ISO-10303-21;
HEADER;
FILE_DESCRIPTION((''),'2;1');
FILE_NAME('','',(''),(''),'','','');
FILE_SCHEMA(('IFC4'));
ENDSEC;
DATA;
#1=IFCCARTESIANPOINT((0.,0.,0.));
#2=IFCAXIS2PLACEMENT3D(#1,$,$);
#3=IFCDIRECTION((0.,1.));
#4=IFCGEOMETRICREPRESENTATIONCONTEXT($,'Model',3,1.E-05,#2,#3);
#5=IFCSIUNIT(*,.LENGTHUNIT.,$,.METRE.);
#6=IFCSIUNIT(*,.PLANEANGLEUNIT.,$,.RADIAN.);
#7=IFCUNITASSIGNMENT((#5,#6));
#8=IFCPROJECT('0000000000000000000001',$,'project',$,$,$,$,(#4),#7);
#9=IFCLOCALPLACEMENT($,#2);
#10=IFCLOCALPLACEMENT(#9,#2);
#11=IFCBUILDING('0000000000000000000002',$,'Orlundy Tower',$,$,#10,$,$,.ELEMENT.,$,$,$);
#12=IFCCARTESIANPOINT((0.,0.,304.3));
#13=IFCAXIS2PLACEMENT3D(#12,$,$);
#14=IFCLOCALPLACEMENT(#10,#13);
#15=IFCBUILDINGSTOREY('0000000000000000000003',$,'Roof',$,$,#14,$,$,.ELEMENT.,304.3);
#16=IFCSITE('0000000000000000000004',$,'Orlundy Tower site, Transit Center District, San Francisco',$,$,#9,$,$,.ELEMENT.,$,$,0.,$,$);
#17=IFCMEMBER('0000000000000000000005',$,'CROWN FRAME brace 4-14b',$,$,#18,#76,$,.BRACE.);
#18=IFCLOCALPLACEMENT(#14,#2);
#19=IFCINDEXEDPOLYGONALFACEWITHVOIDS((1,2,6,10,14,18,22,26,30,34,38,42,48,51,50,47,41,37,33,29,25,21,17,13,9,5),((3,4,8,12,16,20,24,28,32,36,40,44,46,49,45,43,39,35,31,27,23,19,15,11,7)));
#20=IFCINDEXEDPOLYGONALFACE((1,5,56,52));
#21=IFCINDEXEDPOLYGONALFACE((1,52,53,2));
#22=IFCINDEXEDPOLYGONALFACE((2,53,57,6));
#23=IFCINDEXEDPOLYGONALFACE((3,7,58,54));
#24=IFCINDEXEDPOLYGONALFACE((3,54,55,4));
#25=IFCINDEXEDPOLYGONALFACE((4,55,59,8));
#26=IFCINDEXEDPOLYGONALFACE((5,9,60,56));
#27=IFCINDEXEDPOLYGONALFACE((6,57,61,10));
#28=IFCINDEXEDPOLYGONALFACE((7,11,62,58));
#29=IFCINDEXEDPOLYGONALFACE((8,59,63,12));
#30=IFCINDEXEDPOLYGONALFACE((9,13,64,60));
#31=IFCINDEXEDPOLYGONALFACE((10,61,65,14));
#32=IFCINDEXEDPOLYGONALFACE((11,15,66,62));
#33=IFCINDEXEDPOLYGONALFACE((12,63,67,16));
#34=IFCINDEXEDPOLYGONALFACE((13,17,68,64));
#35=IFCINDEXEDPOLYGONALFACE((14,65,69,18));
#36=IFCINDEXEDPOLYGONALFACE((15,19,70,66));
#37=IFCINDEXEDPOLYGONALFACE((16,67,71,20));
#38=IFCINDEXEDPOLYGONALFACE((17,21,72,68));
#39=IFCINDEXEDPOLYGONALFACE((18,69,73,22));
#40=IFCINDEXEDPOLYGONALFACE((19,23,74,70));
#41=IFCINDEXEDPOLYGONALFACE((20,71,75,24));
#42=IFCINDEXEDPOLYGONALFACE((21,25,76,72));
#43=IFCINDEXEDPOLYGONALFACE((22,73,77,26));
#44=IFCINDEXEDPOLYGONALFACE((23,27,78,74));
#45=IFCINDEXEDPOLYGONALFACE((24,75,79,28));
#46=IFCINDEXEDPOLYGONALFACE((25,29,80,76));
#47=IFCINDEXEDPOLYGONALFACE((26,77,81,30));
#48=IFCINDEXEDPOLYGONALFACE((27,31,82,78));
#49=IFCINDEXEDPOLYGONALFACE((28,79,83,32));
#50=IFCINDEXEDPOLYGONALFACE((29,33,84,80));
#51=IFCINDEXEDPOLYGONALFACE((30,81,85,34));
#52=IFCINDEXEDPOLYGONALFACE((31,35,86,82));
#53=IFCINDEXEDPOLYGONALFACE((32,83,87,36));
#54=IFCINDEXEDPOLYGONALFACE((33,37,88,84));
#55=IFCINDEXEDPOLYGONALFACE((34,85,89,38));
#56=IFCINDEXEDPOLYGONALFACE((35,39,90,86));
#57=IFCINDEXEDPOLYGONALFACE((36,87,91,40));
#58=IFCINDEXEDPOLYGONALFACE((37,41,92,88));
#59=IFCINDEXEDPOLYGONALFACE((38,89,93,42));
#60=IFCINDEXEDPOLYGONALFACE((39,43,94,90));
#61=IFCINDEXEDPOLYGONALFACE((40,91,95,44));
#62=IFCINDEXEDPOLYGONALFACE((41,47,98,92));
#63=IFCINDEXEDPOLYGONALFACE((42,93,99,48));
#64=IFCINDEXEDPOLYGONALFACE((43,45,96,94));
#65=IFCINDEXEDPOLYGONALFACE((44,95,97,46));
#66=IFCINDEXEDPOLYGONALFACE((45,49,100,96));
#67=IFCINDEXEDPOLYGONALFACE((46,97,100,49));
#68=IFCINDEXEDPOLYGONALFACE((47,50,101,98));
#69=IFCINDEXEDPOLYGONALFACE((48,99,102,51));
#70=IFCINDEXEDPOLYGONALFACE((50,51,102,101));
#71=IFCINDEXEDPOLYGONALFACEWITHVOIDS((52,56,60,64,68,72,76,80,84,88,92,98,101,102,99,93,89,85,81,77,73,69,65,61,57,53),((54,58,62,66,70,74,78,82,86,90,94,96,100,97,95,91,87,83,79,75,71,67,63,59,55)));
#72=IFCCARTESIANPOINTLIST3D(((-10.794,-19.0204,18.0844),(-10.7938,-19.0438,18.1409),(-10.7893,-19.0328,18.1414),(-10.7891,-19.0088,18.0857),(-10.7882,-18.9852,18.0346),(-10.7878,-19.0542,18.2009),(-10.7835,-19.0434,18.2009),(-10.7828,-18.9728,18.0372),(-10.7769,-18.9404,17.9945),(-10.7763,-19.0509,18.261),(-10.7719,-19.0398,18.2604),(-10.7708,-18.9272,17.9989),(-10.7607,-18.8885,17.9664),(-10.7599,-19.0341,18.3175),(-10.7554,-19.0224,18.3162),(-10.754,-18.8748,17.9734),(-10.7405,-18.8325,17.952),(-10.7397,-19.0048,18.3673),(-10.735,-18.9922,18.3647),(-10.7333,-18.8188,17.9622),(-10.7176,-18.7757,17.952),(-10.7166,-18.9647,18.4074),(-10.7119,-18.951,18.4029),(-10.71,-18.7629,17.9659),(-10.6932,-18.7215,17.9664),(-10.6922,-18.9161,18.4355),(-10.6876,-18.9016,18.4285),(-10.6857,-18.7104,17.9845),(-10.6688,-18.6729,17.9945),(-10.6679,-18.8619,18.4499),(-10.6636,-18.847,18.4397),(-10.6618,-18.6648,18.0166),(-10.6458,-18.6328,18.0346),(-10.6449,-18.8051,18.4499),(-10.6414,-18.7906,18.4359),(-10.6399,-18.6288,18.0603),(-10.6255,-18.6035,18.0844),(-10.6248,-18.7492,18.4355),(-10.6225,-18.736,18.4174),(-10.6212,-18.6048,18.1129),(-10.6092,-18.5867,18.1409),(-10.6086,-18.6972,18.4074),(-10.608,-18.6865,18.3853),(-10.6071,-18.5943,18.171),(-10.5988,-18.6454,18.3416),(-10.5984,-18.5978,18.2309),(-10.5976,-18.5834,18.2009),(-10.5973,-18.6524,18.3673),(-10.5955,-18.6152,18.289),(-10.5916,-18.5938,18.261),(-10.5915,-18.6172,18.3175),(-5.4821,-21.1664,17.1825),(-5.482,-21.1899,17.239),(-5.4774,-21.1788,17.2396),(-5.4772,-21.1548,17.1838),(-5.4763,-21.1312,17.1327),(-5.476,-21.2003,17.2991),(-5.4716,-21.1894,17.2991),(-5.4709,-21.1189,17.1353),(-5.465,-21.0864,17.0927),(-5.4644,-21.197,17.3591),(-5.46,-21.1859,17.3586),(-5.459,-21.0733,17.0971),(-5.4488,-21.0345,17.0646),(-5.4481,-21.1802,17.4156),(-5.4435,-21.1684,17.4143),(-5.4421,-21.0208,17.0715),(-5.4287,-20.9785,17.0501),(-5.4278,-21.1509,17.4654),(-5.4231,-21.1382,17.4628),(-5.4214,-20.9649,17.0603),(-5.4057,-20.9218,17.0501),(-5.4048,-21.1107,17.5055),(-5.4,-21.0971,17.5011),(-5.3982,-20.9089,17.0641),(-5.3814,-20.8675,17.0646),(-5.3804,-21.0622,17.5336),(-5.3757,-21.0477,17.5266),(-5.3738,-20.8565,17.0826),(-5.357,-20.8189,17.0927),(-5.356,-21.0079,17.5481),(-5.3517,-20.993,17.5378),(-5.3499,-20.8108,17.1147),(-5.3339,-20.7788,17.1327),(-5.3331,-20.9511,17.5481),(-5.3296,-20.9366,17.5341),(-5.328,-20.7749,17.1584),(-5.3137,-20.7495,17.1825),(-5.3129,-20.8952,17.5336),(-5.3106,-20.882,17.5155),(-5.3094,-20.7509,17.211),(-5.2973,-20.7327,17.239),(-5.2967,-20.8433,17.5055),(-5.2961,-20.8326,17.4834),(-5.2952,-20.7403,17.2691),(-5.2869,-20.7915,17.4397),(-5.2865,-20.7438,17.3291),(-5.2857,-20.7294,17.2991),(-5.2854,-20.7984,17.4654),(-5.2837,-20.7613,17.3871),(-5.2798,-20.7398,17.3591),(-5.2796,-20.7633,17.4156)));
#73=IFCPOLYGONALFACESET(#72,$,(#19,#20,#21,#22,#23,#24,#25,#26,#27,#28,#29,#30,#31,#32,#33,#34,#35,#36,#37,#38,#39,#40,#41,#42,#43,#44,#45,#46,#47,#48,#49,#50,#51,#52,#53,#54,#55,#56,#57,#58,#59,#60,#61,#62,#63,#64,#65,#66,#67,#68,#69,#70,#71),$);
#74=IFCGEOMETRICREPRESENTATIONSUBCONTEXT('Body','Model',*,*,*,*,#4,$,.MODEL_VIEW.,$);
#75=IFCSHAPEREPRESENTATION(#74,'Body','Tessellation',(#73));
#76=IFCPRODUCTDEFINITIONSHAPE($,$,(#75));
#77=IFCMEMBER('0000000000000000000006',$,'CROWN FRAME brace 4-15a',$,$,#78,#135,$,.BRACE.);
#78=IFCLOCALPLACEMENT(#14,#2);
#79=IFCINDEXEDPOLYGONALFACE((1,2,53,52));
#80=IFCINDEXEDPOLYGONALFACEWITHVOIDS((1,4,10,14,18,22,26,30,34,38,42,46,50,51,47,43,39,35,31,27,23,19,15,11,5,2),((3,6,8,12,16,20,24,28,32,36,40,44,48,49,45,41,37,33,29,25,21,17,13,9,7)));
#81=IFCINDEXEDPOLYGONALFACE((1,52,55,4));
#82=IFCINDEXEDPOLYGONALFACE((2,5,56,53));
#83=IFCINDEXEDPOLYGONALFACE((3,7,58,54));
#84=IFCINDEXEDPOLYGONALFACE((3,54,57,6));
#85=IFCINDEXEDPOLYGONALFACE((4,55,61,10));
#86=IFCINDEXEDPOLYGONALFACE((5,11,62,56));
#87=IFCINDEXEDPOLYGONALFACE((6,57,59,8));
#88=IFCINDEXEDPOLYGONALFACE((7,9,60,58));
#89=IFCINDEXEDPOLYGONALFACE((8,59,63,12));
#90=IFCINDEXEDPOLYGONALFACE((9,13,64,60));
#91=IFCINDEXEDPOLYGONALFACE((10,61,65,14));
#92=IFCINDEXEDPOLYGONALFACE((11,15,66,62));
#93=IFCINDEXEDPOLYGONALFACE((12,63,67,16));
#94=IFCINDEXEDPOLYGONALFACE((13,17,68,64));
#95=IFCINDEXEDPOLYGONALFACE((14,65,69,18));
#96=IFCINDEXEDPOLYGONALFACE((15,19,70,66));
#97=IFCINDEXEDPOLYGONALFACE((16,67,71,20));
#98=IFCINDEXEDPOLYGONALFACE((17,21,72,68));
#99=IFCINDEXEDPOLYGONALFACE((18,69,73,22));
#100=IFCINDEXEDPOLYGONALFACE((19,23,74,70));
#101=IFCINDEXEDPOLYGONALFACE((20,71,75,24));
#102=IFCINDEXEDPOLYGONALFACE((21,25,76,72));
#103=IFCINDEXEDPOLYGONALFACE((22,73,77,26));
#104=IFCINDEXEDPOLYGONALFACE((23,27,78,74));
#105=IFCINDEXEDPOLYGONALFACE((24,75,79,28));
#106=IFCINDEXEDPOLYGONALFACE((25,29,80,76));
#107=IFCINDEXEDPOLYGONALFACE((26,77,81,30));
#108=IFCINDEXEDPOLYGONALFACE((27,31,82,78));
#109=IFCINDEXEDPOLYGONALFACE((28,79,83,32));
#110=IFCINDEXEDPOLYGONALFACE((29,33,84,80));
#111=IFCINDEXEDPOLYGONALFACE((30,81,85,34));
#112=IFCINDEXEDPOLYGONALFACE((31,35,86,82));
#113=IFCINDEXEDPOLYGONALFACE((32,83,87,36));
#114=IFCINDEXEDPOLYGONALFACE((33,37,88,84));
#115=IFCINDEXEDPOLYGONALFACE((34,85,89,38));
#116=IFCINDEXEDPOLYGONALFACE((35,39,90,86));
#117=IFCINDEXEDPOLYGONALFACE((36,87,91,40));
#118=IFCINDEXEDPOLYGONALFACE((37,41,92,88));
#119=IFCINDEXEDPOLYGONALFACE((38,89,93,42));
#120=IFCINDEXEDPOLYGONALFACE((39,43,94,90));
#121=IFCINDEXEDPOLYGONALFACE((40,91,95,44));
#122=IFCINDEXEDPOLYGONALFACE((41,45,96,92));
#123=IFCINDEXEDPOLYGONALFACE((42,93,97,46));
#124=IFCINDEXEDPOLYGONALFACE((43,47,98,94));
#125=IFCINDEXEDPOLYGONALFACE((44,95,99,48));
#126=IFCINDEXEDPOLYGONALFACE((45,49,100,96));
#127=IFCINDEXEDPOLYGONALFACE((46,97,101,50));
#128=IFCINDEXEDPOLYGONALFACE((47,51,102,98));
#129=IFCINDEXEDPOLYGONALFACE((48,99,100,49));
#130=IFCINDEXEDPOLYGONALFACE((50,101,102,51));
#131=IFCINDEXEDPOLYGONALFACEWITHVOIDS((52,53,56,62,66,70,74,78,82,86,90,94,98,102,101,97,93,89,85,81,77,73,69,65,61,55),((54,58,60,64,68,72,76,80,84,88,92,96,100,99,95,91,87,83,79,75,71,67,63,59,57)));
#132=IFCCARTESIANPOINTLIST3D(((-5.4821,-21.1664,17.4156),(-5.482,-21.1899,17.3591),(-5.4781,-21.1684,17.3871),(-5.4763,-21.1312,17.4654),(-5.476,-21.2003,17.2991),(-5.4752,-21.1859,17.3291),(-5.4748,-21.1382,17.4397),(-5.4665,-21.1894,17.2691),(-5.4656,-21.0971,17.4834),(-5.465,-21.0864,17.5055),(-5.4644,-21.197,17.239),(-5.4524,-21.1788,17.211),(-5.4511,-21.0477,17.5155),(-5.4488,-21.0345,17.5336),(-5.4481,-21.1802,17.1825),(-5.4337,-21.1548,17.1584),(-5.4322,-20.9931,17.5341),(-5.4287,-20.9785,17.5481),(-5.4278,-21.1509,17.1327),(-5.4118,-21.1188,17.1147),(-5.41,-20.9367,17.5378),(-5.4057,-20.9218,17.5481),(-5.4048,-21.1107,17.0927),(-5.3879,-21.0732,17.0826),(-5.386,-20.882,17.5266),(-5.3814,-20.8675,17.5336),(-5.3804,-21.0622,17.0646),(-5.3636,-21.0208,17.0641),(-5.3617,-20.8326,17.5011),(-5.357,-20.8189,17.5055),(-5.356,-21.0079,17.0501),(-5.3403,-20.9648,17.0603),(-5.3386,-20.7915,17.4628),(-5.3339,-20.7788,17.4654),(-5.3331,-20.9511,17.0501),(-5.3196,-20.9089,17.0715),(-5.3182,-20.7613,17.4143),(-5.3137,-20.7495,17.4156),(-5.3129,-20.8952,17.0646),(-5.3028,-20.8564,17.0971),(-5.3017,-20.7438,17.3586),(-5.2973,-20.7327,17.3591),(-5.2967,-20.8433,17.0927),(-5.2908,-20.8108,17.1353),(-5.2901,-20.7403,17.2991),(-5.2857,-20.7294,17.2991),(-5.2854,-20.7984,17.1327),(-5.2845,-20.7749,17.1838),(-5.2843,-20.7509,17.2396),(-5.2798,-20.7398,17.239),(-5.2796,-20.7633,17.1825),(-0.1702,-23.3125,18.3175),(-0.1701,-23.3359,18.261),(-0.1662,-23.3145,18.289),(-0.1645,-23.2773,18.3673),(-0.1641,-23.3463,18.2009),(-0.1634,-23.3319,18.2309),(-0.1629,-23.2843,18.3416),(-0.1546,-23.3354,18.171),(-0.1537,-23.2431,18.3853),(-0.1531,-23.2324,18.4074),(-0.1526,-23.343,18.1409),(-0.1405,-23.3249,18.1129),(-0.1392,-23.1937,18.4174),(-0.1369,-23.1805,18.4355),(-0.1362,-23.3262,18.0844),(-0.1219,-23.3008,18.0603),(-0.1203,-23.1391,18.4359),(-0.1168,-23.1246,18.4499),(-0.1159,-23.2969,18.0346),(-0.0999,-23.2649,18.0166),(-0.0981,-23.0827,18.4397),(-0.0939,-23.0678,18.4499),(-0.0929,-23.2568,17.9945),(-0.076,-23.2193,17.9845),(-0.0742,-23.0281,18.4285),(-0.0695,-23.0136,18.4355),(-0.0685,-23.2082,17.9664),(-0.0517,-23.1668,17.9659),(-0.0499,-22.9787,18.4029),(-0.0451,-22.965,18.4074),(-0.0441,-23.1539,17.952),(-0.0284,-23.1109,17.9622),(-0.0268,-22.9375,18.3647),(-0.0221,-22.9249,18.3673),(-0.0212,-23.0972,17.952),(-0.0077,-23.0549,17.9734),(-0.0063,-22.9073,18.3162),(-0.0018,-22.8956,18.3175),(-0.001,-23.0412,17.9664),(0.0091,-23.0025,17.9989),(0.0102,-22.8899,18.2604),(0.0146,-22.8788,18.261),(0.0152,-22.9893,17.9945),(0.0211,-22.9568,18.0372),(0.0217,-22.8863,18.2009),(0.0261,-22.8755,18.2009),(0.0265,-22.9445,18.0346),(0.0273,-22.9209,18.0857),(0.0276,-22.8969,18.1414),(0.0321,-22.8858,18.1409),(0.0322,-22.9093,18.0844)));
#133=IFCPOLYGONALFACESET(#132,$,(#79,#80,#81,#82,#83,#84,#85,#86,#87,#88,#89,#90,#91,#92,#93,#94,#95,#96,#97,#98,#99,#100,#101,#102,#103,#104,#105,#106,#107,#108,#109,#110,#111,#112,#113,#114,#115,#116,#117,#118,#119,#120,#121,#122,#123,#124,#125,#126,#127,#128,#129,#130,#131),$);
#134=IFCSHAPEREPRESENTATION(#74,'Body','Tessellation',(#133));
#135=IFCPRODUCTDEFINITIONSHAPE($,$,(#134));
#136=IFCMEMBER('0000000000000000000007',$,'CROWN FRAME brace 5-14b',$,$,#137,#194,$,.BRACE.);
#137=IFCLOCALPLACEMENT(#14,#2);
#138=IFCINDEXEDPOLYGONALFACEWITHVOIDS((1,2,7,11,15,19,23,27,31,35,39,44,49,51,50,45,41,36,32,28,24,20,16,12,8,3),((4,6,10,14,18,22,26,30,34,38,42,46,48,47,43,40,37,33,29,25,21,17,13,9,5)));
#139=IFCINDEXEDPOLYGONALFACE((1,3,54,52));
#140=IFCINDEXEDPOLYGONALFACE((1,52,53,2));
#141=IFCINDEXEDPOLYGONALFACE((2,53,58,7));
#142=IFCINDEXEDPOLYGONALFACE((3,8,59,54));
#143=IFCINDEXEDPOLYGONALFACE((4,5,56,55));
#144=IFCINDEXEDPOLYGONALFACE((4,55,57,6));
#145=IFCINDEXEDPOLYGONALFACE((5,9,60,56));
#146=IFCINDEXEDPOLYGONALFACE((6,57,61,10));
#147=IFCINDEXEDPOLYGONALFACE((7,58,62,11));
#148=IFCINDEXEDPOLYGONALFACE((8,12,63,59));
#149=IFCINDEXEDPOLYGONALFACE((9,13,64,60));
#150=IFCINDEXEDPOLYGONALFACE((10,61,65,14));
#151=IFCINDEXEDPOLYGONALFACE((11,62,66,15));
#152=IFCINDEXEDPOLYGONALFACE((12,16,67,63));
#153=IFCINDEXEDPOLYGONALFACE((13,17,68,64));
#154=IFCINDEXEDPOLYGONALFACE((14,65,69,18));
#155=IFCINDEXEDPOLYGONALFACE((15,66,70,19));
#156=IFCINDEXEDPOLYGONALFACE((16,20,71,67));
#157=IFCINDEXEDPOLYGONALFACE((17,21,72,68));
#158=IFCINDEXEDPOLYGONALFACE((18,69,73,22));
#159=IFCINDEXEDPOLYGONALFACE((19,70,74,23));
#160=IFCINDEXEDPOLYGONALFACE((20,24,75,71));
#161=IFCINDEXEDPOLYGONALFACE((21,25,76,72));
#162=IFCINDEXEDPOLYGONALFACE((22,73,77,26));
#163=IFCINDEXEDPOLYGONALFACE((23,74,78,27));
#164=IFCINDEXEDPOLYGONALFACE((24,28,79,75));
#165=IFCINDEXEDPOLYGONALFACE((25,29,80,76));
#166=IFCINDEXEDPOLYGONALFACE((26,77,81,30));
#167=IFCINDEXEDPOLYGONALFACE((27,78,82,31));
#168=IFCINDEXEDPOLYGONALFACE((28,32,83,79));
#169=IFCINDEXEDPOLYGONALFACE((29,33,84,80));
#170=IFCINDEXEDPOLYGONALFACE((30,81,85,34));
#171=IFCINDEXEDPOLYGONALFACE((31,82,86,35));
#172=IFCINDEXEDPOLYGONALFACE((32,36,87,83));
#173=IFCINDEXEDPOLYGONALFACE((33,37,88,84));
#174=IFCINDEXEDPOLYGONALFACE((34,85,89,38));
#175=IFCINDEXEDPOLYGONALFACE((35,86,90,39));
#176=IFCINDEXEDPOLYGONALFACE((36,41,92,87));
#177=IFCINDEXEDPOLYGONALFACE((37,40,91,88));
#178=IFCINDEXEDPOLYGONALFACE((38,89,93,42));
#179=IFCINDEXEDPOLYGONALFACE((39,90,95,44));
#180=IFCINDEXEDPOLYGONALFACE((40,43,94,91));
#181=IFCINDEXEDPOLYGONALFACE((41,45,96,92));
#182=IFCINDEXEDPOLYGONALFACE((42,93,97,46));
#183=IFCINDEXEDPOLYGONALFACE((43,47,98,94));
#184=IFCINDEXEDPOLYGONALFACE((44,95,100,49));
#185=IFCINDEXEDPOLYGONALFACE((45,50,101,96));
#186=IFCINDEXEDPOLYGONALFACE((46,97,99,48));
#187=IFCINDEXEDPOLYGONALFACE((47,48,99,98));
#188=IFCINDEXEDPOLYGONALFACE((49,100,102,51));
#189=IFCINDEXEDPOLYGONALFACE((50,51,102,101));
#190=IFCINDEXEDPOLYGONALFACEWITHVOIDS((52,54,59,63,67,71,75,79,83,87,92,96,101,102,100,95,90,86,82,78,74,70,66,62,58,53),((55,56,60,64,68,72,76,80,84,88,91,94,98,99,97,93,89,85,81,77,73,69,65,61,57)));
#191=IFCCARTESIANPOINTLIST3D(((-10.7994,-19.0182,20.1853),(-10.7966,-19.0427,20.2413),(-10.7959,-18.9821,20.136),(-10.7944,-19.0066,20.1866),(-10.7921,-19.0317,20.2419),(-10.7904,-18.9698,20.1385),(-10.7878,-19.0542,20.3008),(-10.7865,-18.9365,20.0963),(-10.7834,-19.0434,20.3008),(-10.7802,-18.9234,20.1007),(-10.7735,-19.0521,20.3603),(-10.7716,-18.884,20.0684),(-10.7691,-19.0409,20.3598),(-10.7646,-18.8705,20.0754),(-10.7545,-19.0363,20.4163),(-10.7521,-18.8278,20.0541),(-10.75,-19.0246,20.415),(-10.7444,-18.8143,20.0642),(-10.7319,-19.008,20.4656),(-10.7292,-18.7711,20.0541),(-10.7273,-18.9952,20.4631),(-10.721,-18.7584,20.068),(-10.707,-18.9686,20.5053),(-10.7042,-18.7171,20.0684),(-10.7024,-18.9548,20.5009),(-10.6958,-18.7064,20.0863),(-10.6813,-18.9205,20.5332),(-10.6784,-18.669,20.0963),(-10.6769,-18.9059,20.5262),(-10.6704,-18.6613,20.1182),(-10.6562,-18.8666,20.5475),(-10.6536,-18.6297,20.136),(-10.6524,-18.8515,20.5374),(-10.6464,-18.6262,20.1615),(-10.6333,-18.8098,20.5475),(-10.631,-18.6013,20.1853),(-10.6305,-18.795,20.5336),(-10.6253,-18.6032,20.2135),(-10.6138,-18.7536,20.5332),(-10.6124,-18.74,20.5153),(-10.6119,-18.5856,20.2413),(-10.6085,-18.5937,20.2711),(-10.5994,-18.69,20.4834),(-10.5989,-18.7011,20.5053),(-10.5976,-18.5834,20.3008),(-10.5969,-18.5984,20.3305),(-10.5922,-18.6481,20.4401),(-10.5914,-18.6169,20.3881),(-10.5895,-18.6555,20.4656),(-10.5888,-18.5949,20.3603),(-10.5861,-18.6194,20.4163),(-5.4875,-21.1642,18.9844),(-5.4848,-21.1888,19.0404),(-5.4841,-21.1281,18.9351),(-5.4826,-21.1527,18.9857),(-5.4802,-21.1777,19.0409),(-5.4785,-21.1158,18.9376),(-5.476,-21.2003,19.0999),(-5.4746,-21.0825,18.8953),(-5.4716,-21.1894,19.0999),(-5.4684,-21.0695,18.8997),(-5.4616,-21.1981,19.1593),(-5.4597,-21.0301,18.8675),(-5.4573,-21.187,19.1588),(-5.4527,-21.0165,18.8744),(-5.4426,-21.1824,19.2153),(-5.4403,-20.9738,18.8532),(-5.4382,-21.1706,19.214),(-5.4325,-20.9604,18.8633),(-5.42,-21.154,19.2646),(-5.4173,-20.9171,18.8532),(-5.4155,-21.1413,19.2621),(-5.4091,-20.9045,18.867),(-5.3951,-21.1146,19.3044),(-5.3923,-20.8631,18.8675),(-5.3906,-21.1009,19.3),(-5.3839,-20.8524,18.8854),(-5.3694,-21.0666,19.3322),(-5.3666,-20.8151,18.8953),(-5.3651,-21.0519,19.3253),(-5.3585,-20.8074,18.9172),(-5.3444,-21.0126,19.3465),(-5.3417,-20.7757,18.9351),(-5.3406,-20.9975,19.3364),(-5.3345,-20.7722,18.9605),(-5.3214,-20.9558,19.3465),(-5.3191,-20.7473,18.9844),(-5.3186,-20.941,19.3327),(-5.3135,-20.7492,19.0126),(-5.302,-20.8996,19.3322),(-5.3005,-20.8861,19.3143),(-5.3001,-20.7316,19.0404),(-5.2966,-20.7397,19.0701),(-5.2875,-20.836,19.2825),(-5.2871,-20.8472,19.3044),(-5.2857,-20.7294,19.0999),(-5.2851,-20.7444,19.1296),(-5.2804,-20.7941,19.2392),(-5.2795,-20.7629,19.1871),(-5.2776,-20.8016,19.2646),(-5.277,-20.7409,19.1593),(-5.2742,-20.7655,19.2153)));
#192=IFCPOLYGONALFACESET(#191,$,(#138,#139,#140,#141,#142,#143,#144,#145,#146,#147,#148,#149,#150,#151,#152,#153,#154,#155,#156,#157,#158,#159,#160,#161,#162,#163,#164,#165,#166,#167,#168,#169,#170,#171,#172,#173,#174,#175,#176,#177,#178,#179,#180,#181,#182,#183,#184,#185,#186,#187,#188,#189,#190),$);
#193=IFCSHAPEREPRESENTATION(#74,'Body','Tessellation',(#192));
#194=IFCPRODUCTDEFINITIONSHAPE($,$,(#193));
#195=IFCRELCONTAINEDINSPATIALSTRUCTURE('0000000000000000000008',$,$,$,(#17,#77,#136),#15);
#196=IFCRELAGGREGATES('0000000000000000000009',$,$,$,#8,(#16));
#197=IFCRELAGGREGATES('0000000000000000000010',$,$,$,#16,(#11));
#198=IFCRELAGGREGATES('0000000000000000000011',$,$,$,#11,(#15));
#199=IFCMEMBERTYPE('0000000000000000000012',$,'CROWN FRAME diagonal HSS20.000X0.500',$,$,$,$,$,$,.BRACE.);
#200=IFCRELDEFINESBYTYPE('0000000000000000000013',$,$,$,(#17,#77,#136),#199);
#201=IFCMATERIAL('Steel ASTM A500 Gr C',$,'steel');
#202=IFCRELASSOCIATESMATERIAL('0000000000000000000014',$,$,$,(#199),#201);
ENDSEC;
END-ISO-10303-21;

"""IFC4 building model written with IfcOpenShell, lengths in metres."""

from ifc_helpers import new_model, si_unit, direction, frame, origin, origin_2d, place, context, subcontext, project, spatial, hollow_circle, extrude, material, material_profile, profile_set, type_object, element, save


model = new_model("IFC4")

# Units and contexts
model_context = context("Model", 3, precision=1e-05, world=origin(), true_north=direction((0.0, 1.0)))
body_context = subcontext(model_context, "Body", "Model", "MODEL_VIEW")
ifc_project = project(units=[si_unit("LENGTHUNIT", "METRE"), si_unit("PLANEANGLEUNIT", "RADIAN")], contexts=[model_context])

# Site, building, storey
site_placement = place(None, origin())
site = spatial("IfcSite", under=ifc_project, at=site_placement, Name="Orlundy Tower site, Transit Center District, San Francisco", CompositionType="ELEMENT", RefElevation=0.0)
building_placement = place(site_placement, origin())
building = spatial("IfcBuilding", under=site, at=building_placement, Name="Orlundy Tower", CompositionType="ELEMENT")
storey_placement = place(building_placement, frame((0.0, 0.0, 304.3)))
storey = spatial("IfcBuildingStorey", under=building, at=storey_placement, Name="Roof", CompositionType="ELEMENT", Elevation=304.3)

# Members
ifc_material_1 = material(Name="Steel ASTM A500 Gr C", Category="steel")
ifc_material_profile_1 = material_profile(ifc_material_1, hollow_circle(Radius=0.2539, WallThickness=0.0117, at=origin_2d()), Name="HSS20.000X0.500")
ifc_profile_set_1 = profile_set([ifc_material_profile_1], Name="Steel ASTM A500 Gr C")
member_type_1 = type_object("IfcMemberType", Name="CROWN FRAME diagonal HSS20.000X0.500", PredefinedType="BRACE", material=ifc_profile_set_1)
for number, where, z_axis, x_axis, name in (
    (1, (-5.3809, -20.9648, 17.2991), (-0.91591, 0.370035, 0.155507), (-0.374592, -0.92719, 0.0), "CROWN FRAME brace 4-14b"),
    (2, (-5.3809, -20.9648, 17.2991), (0.91591, -0.370035, 0.155507), (0.374592, 0.92719, 0.0), "CROWN FRAME brace 4-15a"),
):
    element("IfcMember", number, at=place(storey_placement, frame(where, z_axis=z_axis, x_axis=x_axis)), inside=storey, type_object=member_type_1, Name=name, PredefinedType="BRACE", context=body_context, shape_type="SweptSolid", body=[
        extrude(hollow_circle(Radius=0.2539, WallThickness=0.0117, at=origin_2d()), origin(), (0.0, 0.0, 1.0), 5.7996),
    ])
for number, where, z_axis, x_axis, name in (
    (3, (-5.3809, -20.9648, 19.0999), (-0.907466, 0.366623, 0.205167), (-0.374592, -0.92719, 0.0), "CROWN FRAME brace 5-14b"),
):
    element("IfcMember", number, at=place(storey_placement, frame(where, z_axis=z_axis, x_axis=x_axis)), inside=storey, type_object=member_type_1, Name=name, PredefinedType="BRACE", context=body_context, shape_type="SweptSolid", body=[
        extrude(hollow_circle(Radius=0.2539, WallThickness=0.0117, at=origin_2d()), origin(), (0.0, 0.0, 1.0), 5.8535),
    ])

save(model, "model.ifc")
